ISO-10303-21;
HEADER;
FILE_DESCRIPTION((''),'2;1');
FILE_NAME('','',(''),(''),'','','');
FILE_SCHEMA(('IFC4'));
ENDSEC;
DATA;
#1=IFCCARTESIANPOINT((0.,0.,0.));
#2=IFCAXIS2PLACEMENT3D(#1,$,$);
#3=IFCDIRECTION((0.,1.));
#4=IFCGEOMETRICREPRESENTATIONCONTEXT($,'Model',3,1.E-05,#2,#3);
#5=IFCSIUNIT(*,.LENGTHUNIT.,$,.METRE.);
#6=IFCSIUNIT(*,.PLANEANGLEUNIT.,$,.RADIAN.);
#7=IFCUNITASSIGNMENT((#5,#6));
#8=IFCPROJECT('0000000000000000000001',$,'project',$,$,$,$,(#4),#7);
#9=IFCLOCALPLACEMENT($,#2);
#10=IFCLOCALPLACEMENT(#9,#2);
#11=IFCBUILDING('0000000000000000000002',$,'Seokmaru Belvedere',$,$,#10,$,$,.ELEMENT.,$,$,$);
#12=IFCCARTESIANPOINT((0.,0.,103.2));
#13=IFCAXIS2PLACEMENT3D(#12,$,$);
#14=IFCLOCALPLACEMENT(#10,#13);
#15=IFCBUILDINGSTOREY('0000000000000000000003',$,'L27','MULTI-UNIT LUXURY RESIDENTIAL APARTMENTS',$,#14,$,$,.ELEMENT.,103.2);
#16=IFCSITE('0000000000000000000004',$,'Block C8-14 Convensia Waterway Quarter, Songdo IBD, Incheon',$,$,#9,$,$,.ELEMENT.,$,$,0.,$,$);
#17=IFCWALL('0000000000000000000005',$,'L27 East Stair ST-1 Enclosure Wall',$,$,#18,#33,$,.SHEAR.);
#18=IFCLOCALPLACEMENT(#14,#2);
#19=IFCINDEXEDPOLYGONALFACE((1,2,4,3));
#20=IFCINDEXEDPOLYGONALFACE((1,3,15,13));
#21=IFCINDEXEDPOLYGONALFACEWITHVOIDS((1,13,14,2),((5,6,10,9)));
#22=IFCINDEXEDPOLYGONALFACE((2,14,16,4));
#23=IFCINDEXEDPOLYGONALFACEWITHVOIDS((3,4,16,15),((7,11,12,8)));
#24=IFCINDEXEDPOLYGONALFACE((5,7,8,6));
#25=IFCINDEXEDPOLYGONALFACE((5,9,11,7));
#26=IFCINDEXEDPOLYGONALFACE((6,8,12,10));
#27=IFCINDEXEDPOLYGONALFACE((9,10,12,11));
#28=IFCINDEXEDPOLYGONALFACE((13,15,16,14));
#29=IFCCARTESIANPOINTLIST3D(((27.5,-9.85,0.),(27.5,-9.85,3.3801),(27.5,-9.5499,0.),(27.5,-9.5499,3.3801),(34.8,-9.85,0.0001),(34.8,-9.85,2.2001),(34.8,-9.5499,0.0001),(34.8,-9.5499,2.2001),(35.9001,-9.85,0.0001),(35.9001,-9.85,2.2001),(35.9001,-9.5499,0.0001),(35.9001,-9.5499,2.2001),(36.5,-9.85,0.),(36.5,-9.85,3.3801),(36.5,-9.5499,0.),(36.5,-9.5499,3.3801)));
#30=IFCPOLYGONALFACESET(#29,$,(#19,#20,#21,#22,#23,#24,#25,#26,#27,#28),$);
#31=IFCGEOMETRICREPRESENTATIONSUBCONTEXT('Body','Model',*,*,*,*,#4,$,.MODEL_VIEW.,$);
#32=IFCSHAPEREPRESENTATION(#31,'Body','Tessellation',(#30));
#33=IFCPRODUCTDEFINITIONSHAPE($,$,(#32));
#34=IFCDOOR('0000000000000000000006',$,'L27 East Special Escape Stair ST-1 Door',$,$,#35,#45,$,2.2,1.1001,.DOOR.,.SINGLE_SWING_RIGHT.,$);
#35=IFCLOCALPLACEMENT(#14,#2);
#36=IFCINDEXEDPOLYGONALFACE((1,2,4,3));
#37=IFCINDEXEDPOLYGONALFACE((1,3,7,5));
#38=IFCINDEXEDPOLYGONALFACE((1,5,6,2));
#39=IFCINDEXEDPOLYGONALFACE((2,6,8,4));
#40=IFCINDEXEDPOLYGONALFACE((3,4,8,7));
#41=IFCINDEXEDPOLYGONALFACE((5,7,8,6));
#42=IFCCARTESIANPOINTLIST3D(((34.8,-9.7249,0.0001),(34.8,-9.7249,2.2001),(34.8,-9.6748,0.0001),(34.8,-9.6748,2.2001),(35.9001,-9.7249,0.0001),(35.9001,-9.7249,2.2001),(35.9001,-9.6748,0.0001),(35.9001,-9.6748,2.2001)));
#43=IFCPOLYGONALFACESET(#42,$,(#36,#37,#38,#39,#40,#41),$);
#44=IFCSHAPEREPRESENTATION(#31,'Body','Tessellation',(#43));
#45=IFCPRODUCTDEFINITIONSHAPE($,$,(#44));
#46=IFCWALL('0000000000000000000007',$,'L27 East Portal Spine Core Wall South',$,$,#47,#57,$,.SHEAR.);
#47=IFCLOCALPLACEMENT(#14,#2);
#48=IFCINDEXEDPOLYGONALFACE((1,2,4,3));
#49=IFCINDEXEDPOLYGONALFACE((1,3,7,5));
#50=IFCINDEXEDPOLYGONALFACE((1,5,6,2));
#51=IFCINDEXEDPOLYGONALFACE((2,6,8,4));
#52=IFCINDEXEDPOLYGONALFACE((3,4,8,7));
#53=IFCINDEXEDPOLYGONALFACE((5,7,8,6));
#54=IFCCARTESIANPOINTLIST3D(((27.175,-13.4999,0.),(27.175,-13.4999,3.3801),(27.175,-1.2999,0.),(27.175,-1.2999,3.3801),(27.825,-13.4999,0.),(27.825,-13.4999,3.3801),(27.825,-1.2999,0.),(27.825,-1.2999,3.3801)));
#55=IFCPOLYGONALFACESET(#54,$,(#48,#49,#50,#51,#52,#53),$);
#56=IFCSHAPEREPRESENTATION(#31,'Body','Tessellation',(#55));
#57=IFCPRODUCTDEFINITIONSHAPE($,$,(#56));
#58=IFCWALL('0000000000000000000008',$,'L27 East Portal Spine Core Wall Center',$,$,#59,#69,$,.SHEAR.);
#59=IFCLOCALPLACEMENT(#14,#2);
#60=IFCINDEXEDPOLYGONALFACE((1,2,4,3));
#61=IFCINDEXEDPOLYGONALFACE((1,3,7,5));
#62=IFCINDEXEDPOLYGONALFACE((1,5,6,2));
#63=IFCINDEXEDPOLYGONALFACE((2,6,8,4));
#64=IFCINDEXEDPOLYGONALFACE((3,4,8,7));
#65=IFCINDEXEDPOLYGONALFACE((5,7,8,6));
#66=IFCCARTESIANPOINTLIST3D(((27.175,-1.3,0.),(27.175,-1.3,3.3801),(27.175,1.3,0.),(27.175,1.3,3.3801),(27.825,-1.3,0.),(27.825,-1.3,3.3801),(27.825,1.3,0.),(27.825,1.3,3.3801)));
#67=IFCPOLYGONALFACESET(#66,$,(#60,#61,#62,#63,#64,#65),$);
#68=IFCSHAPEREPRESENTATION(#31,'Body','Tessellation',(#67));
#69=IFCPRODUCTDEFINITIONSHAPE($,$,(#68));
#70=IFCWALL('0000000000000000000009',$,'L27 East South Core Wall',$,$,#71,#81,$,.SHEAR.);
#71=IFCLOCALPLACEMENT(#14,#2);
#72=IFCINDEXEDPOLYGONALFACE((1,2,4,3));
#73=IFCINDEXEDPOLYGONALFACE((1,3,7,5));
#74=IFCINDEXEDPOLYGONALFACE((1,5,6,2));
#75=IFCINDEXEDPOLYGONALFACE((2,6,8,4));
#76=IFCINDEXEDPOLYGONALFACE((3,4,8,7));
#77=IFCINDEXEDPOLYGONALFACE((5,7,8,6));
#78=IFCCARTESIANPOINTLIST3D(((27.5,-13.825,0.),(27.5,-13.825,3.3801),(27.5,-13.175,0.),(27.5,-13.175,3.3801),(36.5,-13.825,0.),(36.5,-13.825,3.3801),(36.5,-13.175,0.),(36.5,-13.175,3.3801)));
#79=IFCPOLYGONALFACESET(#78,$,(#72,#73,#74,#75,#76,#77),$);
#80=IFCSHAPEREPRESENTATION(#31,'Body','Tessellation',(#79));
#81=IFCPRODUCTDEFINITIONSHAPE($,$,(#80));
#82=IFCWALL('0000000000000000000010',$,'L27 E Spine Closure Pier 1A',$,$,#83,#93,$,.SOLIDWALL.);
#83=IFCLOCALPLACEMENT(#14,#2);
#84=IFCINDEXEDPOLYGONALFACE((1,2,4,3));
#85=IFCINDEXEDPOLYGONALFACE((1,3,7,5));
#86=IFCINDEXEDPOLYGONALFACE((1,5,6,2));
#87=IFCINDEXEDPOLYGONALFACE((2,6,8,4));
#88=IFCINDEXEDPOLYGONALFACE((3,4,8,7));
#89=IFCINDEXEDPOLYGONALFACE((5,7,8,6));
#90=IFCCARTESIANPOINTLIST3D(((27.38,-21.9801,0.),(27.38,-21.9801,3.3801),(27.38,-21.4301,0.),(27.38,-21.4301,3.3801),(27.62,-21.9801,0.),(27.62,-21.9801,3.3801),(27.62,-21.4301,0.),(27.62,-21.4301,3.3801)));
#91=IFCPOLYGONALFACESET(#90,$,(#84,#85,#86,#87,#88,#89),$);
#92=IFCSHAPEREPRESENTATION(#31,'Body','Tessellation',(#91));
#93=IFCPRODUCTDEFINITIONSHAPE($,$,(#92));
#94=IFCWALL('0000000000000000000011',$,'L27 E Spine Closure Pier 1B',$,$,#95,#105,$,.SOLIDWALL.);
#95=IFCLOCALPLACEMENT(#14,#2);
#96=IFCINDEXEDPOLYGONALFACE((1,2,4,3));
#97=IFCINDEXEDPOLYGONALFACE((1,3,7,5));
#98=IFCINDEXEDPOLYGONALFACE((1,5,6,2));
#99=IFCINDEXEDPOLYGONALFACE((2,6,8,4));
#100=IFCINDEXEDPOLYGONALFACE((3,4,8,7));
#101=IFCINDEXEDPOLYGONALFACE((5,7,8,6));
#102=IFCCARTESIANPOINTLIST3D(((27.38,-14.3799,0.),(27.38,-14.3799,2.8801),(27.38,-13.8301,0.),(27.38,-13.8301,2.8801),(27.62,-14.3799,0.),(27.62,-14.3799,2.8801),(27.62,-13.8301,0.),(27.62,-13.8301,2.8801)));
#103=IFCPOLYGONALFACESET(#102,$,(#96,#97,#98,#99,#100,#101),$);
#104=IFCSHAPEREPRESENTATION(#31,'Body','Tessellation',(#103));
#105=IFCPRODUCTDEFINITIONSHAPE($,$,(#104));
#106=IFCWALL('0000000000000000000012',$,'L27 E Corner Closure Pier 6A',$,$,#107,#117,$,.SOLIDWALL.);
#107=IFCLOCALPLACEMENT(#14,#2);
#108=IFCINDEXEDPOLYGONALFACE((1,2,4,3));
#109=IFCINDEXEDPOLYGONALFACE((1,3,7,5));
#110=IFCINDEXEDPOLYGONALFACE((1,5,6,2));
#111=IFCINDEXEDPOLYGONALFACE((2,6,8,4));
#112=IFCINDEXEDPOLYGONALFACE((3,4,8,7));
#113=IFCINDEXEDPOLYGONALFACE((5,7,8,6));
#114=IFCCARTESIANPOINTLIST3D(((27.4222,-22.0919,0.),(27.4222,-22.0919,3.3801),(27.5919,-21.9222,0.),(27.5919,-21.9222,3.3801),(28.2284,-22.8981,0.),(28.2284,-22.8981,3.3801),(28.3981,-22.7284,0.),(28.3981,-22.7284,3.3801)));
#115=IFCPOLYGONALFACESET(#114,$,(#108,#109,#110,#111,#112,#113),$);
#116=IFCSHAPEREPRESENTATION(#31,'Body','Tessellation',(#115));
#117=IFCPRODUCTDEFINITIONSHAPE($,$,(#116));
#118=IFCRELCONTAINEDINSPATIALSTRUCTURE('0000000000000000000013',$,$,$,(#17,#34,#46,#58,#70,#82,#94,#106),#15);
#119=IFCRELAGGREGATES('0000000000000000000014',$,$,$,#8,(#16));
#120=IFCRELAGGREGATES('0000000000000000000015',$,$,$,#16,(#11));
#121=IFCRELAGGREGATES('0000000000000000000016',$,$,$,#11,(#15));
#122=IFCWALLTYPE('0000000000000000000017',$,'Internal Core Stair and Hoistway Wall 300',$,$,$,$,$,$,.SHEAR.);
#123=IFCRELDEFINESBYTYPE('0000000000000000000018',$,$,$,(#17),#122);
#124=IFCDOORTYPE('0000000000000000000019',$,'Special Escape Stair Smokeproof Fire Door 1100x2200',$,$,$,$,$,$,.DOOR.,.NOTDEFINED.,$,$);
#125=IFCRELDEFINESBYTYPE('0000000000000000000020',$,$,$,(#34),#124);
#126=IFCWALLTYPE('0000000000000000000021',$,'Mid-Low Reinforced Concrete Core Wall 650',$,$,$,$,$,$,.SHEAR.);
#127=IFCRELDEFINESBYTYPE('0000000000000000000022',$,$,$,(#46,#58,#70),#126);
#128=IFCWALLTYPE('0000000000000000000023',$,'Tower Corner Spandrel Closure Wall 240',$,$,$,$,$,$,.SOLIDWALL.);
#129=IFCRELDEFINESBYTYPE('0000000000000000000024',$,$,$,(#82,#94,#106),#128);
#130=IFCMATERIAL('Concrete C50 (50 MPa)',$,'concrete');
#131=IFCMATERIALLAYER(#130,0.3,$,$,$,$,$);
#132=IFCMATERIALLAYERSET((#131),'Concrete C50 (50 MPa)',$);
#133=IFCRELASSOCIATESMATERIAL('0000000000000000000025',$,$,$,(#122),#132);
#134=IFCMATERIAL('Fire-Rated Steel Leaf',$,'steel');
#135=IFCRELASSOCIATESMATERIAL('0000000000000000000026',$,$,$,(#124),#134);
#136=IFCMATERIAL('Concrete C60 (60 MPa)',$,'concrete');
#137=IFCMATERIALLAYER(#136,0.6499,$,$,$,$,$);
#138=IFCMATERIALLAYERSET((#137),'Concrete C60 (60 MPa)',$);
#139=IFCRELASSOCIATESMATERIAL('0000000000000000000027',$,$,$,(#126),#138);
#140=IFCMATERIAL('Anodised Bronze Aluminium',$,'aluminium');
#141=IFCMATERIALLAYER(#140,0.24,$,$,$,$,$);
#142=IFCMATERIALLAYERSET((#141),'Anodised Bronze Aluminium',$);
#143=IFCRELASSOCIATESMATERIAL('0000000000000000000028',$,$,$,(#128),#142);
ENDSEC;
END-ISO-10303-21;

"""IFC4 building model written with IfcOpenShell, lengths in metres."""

from ifc_helpers import new_model, si_unit, direction, frame, frame_2d, origin, place, context, subcontext, project, spatial, rectangle, extrude, source, transform, mapped, material, layer, layer_set, type_object, type_shapes, element, fill, save


model = new_model("IFC4")

# Units and contexts
model_context = context("Model", 3, precision=1e-05, world=origin(), true_north=direction((0.0, 1.0)))
body_context = subcontext(model_context, "Body", "Model", "MODEL_VIEW")
ifc_project = project(units=[si_unit("LENGTHUNIT", "METRE"), si_unit("PLANEANGLEUNIT", "RADIAN")], contexts=[model_context])

# Site, building, storey
site_placement = place(None, origin())
site = spatial("IfcSite", under=ifc_project, at=site_placement, Name="Block C8-14 Convensia Waterway Quarter, Songdo IBD, Incheon", CompositionType="ELEMENT", RefElevation=0.0)
building_placement = place(site_placement, origin())
building = spatial("IfcBuilding", under=site, at=building_placement, Name="Seokmaru Belvedere", CompositionType="ELEMENT")
storey_placement = place(building_placement, frame((0.0, 0.0, 103.2)))
storey = spatial("IfcBuildingStorey", under=building, at=storey_placement, Name="L27", Description="MULTI-UNIT LUXURY RESIDENTIAL APARTMENTS", CompositionType="ELEMENT", Elevation=103.2)

# Shared definitions
ifc_material_1 = material(Name="Anodised Bronze Aluminium", Category="aluminium")

# Shared definitions
ifc_material_2 = material(Name="Concrete C50 (50 MPa)", Category="concrete")

# Wall, opening, door
ifc_layer_1 = layer(ifc_material_2, 0.3)
ifc_layer_set_1 = layer_set([ifc_layer_1], Name="Concrete C50 (50 MPa)")
wall_type_1 = type_object("IfcWallType", Name="Internal Core Stair and Hoistway Wall 300", PredefinedType="SHEAR", material=ifc_layer_set_1)
wall_1_placement = place(storey_placement, frame((27.5, -9.7, 0.0), z_axis=(0.0, 0.0, 1.0), x_axis=(1.0, 0.0, 0.0)))
wall_1 = element("IfcWall", 1, at=wall_1_placement, inside=storey, type_object=wall_type_1, Name="L27 East Stair ST-1 Enclosure Wall", PredefinedType="SHEAR", context=body_context, shape_type="SweptSolid", body=[
    extrude(rectangle(XDim=9.0, YDim=0.3, at=frame_2d((4.5, 0.0))), origin(), (0.0, 0.0, 1.0), 3.3801),
])
opening_placement = place(wall_1_placement, frame((7.3, 0.0, 0.0)))
opening = element("IfcOpeningElement", 2, at=opening_placement, cuts=wall_1, PredefinedType="OPENING", context=body_context, shape_type="SweptSolid", body=[
    extrude(rectangle(XDim=1.1001, YDim=2.2, at=frame_2d((0.55, 1.1001))), frame((0.0, 0.1602, 0.0), z_axis=(0.0, -1.0, 0.0), x_axis=(1.0, 0.0, 0.0)), (0.0, 0.0, 1.0), 0.3201),
])
ifc_material_3 = material(Name="Fire-Rated Steel Leaf", Category="steel")
door_type = type_object("IfcDoorType", Name="Special Escape Stair Smokeproof Fire Door 1100x2200", OperationType="NOTDEFINED", PredefinedType="DOOR", material=ifc_material_3)
shared_shape_1 = source(origin(), body_context, "Body", "SweptSolid", [
    extrude(rectangle(XDim=1.1001, YDim=2.2, at=frame_2d((0.55, 1.1001))), frame((0.0, 0.0249, 0.0), z_axis=(0.0, -1.0, 0.0), x_axis=(1.0, 0.0, 0.0)), (0.0, 0.0, 1.0), 0.05),
])
type_shapes(door_type, [shared_shape_1])
door_placement = place(opening_placement, frame((1.1001, 0.0, 0.0), z_axis=(0.0, 0.0, 1.0), x_axis=(-1.0, 0.0, 0.0)))
door = element("IfcDoor", 3, at=door_placement, inside=storey, type_object=door_type, Name="L27 East Special Escape Stair ST-1 Door", OperationType="SINGLE_SWING_RIGHT", OverallHeight=2.2, OverallWidth=1.1001, PredefinedType="DOOR", context=body_context, shape_type="MappedRepresentation", body=[
    mapped(shared_shape_1, transform((0.0, 0.0, 0.0), scale=1.0)),
])
fill(opening, door)

# Walls
ifc_material_4 = material(Name="Concrete C60 (60 MPa)", Category="concrete")
ifc_layer_2 = layer(ifc_material_4, 0.6499)
ifc_layer_set_2 = layer_set([ifc_layer_2], Name="Concrete C60 (60 MPa)")
wall_type_2 = type_object("IfcWallType", Name="Mid-Low Reinforced Concrete Core Wall 650", PredefinedType="SHEAR", material=ifc_layer_set_2)
wall_2_placement = place(storey_placement, frame((27.5, -13.5, 0.0), z_axis=(0.0, 0.0, 1.0), x_axis=(0.0, 1.0, 0.0)))
element("IfcWall", 4, at=wall_2_placement, inside=storey, type_object=wall_type_2, Name="L27 East Portal Spine Core Wall South", PredefinedType="SHEAR", context=body_context, shape_type="SweptSolid", body=[
    extrude(rectangle(XDim=12.2, YDim=0.6499, at=frame_2d((6.1001, 0.0))), origin(), (0.0, 0.0, 1.0), 3.3801),
])
wall_3_placement = place(storey_placement, frame((27.5, -1.3, 0.0), z_axis=(0.0, 0.0, 1.0), x_axis=(0.0, 1.0, 0.0)))
element("IfcWall", 5, at=wall_3_placement, inside=storey, type_object=wall_type_2, Name="L27 East Portal Spine Core Wall Center", PredefinedType="SHEAR", context=body_context, shape_type="SweptSolid", body=[
    extrude(rectangle(XDim=2.6001, YDim=0.6499, at=frame_2d((1.3, 0.0))), origin(), (0.0, 0.0, 1.0), 3.3801),
])
wall_4_placement = place(storey_placement, frame((27.5, -13.5, 0.0), z_axis=(0.0, 0.0, 1.0), x_axis=(1.0, 0.0, 0.0)))
element("IfcWall", 6, at=wall_4_placement, inside=storey, type_object=wall_type_2, Name="L27 East South Core Wall", PredefinedType="SHEAR", context=body_context, shape_type="SweptSolid", body=[
    extrude(rectangle(XDim=9.0, YDim=0.6499, at=frame_2d((4.5, 0.0))), origin(), (0.0, 0.0, 1.0), 3.3801),
])
ifc_layer_3 = layer(ifc_material_1, 0.24)
ifc_layer_set_3 = layer_set([ifc_layer_3], Name="Anodised Bronze Aluminium")
wall_type_3 = type_object("IfcWallType", Name="Tower Corner Spandrel Closure Wall 240", PredefinedType="SOLIDWALL", material=ifc_layer_set_3)
wall_5_placement = place(storey_placement, frame((27.5, -21.98, 0.0), z_axis=(0.0, 0.0, 1.0), x_axis=(0.0, 1.0, 0.0)))
element("IfcWall", 7, at=wall_5_placement, inside=storey, type_object=wall_type_3, Name="L27 E Spine Closure Pier 1A", PredefinedType="SOLIDWALL", context=body_context, shape_type="SweptSolid", body=[
    extrude(rectangle(XDim=0.55, YDim=0.24, at=frame_2d((0.2749, 0.0))), origin(), (0.0, 0.0, 1.0), 3.3801),
])
wall_6_placement = place(storey_placement, frame((27.5, -14.3799, 0.0), z_axis=(0.0, 0.0, 1.0), x_axis=(0.0, 1.0, 0.0)))
element("IfcWall", 8, at=wall_6_placement, inside=storey, type_object=wall_type_3, Name="L27 E Spine Closure Pier 1B", PredefinedType="SOLIDWALL", context=body_context, shape_type="SweptSolid", body=[
    extrude(rectangle(XDim=0.5498, YDim=0.24, at=frame_2d((0.2749, 0.0))), origin(), (0.0, 0.0, 1.0), 2.8801),
])
wall_7_placement = place(storey_placement, frame((27.5071, -22.0071, 0.0), z_axis=(0.0, 0.0, 1.0), x_axis=(0.707107, -0.707107, 0.0)))
element("IfcWall", 9, at=wall_7_placement, inside=storey, type_object=wall_type_3, Name="L27 E Corner Closure Pier 6A", PredefinedType="SOLIDWALL", context=body_context, shape_type="SweptSolid", body=[
    extrude(rectangle(XDim=1.1401, YDim=0.24, at=frame_2d((0.5701, 0.0))), origin(), (0.0, 0.0, 1.0), 3.3801),
])

save(model, "model.ifc")
